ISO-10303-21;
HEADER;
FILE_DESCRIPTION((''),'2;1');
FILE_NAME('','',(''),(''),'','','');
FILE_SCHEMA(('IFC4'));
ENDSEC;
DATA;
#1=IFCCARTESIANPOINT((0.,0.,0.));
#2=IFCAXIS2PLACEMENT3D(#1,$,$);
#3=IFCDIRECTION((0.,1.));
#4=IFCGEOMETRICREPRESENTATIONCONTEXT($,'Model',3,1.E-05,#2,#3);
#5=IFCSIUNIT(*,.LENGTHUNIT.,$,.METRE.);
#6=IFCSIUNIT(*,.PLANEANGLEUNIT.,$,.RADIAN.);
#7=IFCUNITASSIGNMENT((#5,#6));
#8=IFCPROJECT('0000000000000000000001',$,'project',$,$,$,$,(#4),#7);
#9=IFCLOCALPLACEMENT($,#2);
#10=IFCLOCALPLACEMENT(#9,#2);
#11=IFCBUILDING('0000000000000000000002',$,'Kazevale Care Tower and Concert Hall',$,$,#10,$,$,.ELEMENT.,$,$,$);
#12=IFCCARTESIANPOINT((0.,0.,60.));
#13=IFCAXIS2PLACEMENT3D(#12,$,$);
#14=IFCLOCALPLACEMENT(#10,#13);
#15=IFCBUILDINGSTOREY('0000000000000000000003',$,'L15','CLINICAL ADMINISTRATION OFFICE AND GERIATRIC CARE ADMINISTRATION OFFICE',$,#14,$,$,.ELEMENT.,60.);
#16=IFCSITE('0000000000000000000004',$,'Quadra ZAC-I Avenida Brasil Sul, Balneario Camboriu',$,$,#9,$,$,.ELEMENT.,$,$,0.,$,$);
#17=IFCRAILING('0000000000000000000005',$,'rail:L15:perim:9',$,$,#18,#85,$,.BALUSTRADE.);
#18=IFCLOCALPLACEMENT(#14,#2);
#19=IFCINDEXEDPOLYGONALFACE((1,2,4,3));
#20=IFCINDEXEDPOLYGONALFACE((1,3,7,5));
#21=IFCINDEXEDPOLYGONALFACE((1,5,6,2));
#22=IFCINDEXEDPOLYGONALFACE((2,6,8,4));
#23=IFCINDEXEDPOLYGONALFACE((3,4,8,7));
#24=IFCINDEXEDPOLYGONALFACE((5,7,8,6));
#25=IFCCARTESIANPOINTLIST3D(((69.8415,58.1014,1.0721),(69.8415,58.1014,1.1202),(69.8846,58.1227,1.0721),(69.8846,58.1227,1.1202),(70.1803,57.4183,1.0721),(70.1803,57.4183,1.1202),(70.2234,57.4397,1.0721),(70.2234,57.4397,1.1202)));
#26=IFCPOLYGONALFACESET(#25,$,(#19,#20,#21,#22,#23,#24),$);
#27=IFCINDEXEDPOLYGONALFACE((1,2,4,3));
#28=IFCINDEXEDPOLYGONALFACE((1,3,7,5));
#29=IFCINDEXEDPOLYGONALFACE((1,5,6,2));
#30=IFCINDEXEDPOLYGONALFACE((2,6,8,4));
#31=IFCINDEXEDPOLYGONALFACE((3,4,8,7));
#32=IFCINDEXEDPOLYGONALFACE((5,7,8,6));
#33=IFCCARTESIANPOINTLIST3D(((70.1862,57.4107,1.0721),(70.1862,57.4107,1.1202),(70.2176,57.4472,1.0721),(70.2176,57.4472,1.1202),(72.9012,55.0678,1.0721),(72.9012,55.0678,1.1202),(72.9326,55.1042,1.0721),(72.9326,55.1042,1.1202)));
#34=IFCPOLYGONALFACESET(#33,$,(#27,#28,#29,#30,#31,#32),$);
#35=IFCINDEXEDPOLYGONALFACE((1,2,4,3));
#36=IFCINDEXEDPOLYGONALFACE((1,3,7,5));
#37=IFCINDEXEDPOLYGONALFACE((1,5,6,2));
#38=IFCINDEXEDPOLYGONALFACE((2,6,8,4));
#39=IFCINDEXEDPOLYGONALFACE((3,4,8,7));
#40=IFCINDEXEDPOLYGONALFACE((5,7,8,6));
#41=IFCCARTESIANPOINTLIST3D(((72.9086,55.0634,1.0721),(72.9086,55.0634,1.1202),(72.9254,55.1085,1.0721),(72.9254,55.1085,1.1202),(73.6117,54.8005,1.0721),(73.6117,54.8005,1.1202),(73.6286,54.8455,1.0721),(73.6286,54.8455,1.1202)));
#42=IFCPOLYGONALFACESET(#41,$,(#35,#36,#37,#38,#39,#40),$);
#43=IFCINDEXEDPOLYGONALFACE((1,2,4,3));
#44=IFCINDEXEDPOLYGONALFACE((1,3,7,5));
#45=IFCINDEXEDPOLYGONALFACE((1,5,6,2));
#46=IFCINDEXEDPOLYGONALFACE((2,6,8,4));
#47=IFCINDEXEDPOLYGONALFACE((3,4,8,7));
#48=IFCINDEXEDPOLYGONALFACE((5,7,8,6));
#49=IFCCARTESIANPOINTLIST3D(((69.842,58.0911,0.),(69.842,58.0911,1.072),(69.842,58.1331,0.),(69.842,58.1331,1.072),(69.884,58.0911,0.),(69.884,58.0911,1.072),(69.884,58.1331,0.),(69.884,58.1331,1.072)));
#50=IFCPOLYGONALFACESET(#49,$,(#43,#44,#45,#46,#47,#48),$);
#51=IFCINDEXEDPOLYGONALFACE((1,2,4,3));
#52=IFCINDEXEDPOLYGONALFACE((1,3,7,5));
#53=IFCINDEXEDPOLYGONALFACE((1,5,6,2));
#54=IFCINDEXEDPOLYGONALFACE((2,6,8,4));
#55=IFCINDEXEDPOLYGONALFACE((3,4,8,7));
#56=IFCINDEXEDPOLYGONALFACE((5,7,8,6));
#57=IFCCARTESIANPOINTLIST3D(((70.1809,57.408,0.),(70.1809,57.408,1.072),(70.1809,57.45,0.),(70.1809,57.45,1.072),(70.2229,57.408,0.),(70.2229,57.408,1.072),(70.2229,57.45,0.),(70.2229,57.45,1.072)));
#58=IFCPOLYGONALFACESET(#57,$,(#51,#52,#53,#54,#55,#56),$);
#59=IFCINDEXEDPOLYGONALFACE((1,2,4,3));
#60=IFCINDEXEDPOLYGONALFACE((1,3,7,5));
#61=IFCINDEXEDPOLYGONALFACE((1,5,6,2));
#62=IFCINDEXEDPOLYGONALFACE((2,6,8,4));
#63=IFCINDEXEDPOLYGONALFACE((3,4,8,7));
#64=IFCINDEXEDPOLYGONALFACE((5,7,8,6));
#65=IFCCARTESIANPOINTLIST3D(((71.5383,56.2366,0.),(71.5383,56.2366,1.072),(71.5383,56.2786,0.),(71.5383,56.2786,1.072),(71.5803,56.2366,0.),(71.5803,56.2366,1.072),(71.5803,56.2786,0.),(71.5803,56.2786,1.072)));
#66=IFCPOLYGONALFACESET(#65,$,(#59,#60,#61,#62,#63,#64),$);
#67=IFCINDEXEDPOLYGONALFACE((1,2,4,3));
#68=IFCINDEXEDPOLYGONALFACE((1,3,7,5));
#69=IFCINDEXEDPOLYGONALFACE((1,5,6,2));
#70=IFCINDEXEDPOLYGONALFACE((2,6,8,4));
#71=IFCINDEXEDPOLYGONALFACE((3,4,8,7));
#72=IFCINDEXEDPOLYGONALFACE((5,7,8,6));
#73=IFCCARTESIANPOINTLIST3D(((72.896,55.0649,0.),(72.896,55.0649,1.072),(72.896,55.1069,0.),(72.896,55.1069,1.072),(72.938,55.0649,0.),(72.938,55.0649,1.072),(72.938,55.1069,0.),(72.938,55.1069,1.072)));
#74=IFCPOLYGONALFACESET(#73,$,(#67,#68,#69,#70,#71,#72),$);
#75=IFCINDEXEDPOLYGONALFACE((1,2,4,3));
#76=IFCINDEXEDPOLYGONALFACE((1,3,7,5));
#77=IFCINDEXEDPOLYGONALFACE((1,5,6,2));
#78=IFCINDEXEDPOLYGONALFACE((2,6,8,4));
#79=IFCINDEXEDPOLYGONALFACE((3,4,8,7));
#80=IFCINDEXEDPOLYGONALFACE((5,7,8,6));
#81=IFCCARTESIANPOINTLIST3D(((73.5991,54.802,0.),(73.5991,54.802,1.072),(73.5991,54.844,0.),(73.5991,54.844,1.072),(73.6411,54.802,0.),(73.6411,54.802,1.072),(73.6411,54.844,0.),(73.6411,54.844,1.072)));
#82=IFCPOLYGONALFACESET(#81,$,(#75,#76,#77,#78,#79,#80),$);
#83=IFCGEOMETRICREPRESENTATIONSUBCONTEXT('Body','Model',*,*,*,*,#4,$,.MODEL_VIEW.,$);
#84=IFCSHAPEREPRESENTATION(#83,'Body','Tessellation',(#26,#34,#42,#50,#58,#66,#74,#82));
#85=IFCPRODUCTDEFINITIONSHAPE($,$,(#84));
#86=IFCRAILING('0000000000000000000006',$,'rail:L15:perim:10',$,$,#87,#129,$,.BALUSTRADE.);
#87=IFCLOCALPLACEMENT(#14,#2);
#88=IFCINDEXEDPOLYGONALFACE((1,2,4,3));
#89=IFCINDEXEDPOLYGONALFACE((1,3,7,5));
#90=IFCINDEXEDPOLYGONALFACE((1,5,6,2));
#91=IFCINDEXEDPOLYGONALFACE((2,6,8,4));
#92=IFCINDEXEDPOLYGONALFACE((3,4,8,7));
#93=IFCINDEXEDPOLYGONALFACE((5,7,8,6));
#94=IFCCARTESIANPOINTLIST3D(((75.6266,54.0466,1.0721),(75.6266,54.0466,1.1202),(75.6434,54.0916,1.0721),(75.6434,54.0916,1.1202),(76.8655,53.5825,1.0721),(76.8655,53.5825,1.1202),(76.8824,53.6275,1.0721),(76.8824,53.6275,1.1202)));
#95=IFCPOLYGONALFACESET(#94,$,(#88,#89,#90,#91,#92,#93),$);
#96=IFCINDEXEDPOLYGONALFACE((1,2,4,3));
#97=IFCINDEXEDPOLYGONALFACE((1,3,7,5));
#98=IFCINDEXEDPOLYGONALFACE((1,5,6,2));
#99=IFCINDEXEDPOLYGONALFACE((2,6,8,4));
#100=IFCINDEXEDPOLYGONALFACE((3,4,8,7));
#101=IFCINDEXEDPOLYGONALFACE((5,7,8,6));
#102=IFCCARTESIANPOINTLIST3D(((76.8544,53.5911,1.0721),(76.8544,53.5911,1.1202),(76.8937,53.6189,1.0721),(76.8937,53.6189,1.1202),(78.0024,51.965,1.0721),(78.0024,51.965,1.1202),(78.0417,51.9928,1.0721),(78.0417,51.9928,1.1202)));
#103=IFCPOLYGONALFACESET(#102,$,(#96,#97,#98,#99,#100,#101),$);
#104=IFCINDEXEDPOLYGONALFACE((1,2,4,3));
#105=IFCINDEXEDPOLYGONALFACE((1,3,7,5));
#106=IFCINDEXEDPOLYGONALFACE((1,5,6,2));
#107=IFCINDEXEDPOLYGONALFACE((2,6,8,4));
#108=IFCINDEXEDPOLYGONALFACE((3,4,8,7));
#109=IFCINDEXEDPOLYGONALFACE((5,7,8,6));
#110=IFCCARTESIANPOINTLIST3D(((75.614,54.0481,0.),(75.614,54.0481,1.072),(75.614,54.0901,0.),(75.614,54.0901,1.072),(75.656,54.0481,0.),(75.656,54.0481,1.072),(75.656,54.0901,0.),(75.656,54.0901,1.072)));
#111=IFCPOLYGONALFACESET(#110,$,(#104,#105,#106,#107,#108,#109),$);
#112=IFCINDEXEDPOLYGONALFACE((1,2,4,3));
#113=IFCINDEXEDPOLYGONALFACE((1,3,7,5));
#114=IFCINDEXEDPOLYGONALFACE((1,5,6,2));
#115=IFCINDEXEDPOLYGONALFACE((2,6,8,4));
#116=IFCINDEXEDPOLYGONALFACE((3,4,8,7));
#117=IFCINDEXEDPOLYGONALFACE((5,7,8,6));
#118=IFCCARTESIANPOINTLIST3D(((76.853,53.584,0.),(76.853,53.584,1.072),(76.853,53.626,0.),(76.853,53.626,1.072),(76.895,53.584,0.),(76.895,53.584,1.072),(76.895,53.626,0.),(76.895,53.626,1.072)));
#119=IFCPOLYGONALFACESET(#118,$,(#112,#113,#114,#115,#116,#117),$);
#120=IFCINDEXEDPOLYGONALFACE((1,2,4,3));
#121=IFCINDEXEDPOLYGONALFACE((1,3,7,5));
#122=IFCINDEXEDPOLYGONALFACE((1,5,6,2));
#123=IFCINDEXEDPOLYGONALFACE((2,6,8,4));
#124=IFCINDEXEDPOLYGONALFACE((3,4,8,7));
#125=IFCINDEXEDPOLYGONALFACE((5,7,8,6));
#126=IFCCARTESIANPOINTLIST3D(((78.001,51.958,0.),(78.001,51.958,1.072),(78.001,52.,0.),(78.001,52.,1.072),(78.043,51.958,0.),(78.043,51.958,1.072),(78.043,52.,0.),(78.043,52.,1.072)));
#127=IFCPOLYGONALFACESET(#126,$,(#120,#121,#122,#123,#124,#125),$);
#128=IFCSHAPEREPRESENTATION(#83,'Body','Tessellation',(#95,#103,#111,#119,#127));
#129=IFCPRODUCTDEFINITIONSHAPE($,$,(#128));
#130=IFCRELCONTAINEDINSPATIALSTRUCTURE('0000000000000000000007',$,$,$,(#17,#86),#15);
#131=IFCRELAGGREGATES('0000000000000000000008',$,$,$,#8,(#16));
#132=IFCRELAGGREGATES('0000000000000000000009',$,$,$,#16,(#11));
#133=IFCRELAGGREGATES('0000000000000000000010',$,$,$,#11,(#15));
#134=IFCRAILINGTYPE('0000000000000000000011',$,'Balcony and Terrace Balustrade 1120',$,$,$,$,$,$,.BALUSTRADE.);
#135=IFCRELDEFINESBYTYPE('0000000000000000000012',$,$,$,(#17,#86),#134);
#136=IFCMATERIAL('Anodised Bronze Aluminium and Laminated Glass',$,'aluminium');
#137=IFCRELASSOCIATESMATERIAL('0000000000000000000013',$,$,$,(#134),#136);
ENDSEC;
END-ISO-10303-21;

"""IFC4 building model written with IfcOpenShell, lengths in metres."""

from ifc_helpers import new_model, si_unit, direction, frame, origin, origin_2d, place, context, subcontext, project, spatial, rectangle, extrude, material, type_object, element, save


model = new_model("IFC4")

# Units and contexts
model_context = context("Model", 3, precision=1e-05, world=origin(), true_north=direction((0.0, 1.0)))
body_context = subcontext(model_context, "Body", "Model", "MODEL_VIEW")
ifc_project = project(units=[si_unit("LENGTHUNIT", "METRE"), si_unit("PLANEANGLEUNIT", "RADIAN")], contexts=[model_context])

# Site, building, storey
site_placement = place(None, origin())
site = spatial("IfcSite", under=ifc_project, at=site_placement, Name="Quadra ZAC-I Avenida Brasil Sul, Balneario Camboriu", CompositionType="ELEMENT", RefElevation=0.0)
building_placement = place(site_placement, origin())
building = spatial("IfcBuilding", under=site, at=building_placement, Name="Kazevale Care Tower and Concert Hall", CompositionType="ELEMENT")
storey_placement = place(building_placement, frame((0.0, 0.0, 60.0)))
storey = spatial("IfcBuildingStorey", under=building, at=storey_placement, Name="L15", Description="CLINICAL ADMINISTRATION OFFICE AND GERIATRIC CARE ADMINISTRATION OFFICE", CompositionType="ELEMENT", Elevation=60.0)

# Railings
ifc_material_1 = material(Name="Anodised Bronze Aluminium and Laminated Glass", Category="aluminium")
railing_type = type_object("IfcRailingType", Name="Balcony and Terrace Balustrade 1120", PredefinedType="BALUSTRADE", material=ifc_material_1)
railing_1_placement = place(storey_placement, frame((69.863, 58.1121, 0.0)))
element("IfcRailing", 1, at=railing_1_placement, inside=storey, type_object=railing_type, Name="rail:L15:perim:9", PredefinedType="BALUSTRADE", context=body_context, shape_type="SweptSolid", body=[
    extrude(rectangle(XDim=0.0481, YDim=0.0481, at=origin_2d()), frame((0.0, 0.0, 1.0962), z_axis=(0.444394, -0.895831, 0.0), x_axis=(0.895831, 0.444394, 0.0)), (0.0, 0.0, 1.0), 0.7625),
    extrude(rectangle(XDim=0.0481, YDim=0.0481, at=origin_2d()), frame((0.3389, -0.6831, 1.0962), z_axis=(0.757076, -0.653327, 0.0), x_axis=(0.653327, 0.757076, 0.0)), (0.0, 0.0, 1.0), 3.5862),
    extrude(rectangle(XDim=0.0481, YDim=0.0481, at=origin_2d()), frame((3.054, -3.0261, 1.0962), z_axis=(0.93665, -0.350268, 0.0), x_axis=(0.350268, 0.93665, 0.0)), (0.0, 0.0, 1.0), 0.7507),
    extrude(rectangle(XDim=0.042, YDim=0.042, at=origin_2d()), origin(), (0.0, 0.0, 1.0), 1.072),
    extrude(rectangle(XDim=0.042, YDim=0.042, at=origin_2d()), frame((0.3389, -0.6831, 0.0)), (0.0, 0.0, 1.0), 1.072),
    extrude(rectangle(XDim=0.042, YDim=0.042, at=origin_2d()), frame((1.6963, -1.8545, 0.0)), (0.0, 0.0, 1.0), 1.072),
    extrude(rectangle(XDim=0.042, YDim=0.042, at=origin_2d()), frame((3.054, -3.0261, 0.0)), (0.0, 0.0, 1.0), 1.072),
    extrude(rectangle(XDim=0.042, YDim=0.042, at=origin_2d()), frame((3.7571, -3.2891, 0.0)), (0.0, 0.0, 1.0), 1.072),
])
railing_2_placement = place(storey_placement, frame((75.635, 54.0691, 0.0)))
element("IfcRailing", 2, at=railing_2_placement, inside=storey, type_object=railing_type, Name="rail:L15:perim:10", PredefinedType="BALUSTRADE", context=body_context, shape_type="SweptSolid", body=[
    extrude(rectangle(XDim=0.0481, YDim=0.0481, at=origin_2d()), frame((0.0, 0.0, 1.0962), z_axis=(0.936458, -0.35078, 0.0), x_axis=(0.35078, 0.936458, 0.0)), (0.0, 0.0, 1.0), 1.323),
    extrude(rectangle(XDim=0.0481, YDim=0.0481, at=origin_2d()), frame((1.239, -0.4641, 1.0962), z_axis=(0.576751, -0.81692, 0.0), x_axis=(0.81692, 0.576751, 0.0)), (0.0, 0.0, 1.0), 1.9905),
    extrude(rectangle(XDim=0.042, YDim=0.042, at=origin_2d()), origin(), (0.0, 0.0, 1.0), 1.072),
    extrude(rectangle(XDim=0.042, YDim=0.042, at=origin_2d()), frame((1.239, -0.4641, 0.0)), (0.0, 0.0, 1.0), 1.072),
    extrude(rectangle(XDim=0.042, YDim=0.042, at=origin_2d()), frame((2.387, -2.0901, 0.0)), (0.0, 0.0, 1.0), 1.072),
])

save(model, "model.ifc")
